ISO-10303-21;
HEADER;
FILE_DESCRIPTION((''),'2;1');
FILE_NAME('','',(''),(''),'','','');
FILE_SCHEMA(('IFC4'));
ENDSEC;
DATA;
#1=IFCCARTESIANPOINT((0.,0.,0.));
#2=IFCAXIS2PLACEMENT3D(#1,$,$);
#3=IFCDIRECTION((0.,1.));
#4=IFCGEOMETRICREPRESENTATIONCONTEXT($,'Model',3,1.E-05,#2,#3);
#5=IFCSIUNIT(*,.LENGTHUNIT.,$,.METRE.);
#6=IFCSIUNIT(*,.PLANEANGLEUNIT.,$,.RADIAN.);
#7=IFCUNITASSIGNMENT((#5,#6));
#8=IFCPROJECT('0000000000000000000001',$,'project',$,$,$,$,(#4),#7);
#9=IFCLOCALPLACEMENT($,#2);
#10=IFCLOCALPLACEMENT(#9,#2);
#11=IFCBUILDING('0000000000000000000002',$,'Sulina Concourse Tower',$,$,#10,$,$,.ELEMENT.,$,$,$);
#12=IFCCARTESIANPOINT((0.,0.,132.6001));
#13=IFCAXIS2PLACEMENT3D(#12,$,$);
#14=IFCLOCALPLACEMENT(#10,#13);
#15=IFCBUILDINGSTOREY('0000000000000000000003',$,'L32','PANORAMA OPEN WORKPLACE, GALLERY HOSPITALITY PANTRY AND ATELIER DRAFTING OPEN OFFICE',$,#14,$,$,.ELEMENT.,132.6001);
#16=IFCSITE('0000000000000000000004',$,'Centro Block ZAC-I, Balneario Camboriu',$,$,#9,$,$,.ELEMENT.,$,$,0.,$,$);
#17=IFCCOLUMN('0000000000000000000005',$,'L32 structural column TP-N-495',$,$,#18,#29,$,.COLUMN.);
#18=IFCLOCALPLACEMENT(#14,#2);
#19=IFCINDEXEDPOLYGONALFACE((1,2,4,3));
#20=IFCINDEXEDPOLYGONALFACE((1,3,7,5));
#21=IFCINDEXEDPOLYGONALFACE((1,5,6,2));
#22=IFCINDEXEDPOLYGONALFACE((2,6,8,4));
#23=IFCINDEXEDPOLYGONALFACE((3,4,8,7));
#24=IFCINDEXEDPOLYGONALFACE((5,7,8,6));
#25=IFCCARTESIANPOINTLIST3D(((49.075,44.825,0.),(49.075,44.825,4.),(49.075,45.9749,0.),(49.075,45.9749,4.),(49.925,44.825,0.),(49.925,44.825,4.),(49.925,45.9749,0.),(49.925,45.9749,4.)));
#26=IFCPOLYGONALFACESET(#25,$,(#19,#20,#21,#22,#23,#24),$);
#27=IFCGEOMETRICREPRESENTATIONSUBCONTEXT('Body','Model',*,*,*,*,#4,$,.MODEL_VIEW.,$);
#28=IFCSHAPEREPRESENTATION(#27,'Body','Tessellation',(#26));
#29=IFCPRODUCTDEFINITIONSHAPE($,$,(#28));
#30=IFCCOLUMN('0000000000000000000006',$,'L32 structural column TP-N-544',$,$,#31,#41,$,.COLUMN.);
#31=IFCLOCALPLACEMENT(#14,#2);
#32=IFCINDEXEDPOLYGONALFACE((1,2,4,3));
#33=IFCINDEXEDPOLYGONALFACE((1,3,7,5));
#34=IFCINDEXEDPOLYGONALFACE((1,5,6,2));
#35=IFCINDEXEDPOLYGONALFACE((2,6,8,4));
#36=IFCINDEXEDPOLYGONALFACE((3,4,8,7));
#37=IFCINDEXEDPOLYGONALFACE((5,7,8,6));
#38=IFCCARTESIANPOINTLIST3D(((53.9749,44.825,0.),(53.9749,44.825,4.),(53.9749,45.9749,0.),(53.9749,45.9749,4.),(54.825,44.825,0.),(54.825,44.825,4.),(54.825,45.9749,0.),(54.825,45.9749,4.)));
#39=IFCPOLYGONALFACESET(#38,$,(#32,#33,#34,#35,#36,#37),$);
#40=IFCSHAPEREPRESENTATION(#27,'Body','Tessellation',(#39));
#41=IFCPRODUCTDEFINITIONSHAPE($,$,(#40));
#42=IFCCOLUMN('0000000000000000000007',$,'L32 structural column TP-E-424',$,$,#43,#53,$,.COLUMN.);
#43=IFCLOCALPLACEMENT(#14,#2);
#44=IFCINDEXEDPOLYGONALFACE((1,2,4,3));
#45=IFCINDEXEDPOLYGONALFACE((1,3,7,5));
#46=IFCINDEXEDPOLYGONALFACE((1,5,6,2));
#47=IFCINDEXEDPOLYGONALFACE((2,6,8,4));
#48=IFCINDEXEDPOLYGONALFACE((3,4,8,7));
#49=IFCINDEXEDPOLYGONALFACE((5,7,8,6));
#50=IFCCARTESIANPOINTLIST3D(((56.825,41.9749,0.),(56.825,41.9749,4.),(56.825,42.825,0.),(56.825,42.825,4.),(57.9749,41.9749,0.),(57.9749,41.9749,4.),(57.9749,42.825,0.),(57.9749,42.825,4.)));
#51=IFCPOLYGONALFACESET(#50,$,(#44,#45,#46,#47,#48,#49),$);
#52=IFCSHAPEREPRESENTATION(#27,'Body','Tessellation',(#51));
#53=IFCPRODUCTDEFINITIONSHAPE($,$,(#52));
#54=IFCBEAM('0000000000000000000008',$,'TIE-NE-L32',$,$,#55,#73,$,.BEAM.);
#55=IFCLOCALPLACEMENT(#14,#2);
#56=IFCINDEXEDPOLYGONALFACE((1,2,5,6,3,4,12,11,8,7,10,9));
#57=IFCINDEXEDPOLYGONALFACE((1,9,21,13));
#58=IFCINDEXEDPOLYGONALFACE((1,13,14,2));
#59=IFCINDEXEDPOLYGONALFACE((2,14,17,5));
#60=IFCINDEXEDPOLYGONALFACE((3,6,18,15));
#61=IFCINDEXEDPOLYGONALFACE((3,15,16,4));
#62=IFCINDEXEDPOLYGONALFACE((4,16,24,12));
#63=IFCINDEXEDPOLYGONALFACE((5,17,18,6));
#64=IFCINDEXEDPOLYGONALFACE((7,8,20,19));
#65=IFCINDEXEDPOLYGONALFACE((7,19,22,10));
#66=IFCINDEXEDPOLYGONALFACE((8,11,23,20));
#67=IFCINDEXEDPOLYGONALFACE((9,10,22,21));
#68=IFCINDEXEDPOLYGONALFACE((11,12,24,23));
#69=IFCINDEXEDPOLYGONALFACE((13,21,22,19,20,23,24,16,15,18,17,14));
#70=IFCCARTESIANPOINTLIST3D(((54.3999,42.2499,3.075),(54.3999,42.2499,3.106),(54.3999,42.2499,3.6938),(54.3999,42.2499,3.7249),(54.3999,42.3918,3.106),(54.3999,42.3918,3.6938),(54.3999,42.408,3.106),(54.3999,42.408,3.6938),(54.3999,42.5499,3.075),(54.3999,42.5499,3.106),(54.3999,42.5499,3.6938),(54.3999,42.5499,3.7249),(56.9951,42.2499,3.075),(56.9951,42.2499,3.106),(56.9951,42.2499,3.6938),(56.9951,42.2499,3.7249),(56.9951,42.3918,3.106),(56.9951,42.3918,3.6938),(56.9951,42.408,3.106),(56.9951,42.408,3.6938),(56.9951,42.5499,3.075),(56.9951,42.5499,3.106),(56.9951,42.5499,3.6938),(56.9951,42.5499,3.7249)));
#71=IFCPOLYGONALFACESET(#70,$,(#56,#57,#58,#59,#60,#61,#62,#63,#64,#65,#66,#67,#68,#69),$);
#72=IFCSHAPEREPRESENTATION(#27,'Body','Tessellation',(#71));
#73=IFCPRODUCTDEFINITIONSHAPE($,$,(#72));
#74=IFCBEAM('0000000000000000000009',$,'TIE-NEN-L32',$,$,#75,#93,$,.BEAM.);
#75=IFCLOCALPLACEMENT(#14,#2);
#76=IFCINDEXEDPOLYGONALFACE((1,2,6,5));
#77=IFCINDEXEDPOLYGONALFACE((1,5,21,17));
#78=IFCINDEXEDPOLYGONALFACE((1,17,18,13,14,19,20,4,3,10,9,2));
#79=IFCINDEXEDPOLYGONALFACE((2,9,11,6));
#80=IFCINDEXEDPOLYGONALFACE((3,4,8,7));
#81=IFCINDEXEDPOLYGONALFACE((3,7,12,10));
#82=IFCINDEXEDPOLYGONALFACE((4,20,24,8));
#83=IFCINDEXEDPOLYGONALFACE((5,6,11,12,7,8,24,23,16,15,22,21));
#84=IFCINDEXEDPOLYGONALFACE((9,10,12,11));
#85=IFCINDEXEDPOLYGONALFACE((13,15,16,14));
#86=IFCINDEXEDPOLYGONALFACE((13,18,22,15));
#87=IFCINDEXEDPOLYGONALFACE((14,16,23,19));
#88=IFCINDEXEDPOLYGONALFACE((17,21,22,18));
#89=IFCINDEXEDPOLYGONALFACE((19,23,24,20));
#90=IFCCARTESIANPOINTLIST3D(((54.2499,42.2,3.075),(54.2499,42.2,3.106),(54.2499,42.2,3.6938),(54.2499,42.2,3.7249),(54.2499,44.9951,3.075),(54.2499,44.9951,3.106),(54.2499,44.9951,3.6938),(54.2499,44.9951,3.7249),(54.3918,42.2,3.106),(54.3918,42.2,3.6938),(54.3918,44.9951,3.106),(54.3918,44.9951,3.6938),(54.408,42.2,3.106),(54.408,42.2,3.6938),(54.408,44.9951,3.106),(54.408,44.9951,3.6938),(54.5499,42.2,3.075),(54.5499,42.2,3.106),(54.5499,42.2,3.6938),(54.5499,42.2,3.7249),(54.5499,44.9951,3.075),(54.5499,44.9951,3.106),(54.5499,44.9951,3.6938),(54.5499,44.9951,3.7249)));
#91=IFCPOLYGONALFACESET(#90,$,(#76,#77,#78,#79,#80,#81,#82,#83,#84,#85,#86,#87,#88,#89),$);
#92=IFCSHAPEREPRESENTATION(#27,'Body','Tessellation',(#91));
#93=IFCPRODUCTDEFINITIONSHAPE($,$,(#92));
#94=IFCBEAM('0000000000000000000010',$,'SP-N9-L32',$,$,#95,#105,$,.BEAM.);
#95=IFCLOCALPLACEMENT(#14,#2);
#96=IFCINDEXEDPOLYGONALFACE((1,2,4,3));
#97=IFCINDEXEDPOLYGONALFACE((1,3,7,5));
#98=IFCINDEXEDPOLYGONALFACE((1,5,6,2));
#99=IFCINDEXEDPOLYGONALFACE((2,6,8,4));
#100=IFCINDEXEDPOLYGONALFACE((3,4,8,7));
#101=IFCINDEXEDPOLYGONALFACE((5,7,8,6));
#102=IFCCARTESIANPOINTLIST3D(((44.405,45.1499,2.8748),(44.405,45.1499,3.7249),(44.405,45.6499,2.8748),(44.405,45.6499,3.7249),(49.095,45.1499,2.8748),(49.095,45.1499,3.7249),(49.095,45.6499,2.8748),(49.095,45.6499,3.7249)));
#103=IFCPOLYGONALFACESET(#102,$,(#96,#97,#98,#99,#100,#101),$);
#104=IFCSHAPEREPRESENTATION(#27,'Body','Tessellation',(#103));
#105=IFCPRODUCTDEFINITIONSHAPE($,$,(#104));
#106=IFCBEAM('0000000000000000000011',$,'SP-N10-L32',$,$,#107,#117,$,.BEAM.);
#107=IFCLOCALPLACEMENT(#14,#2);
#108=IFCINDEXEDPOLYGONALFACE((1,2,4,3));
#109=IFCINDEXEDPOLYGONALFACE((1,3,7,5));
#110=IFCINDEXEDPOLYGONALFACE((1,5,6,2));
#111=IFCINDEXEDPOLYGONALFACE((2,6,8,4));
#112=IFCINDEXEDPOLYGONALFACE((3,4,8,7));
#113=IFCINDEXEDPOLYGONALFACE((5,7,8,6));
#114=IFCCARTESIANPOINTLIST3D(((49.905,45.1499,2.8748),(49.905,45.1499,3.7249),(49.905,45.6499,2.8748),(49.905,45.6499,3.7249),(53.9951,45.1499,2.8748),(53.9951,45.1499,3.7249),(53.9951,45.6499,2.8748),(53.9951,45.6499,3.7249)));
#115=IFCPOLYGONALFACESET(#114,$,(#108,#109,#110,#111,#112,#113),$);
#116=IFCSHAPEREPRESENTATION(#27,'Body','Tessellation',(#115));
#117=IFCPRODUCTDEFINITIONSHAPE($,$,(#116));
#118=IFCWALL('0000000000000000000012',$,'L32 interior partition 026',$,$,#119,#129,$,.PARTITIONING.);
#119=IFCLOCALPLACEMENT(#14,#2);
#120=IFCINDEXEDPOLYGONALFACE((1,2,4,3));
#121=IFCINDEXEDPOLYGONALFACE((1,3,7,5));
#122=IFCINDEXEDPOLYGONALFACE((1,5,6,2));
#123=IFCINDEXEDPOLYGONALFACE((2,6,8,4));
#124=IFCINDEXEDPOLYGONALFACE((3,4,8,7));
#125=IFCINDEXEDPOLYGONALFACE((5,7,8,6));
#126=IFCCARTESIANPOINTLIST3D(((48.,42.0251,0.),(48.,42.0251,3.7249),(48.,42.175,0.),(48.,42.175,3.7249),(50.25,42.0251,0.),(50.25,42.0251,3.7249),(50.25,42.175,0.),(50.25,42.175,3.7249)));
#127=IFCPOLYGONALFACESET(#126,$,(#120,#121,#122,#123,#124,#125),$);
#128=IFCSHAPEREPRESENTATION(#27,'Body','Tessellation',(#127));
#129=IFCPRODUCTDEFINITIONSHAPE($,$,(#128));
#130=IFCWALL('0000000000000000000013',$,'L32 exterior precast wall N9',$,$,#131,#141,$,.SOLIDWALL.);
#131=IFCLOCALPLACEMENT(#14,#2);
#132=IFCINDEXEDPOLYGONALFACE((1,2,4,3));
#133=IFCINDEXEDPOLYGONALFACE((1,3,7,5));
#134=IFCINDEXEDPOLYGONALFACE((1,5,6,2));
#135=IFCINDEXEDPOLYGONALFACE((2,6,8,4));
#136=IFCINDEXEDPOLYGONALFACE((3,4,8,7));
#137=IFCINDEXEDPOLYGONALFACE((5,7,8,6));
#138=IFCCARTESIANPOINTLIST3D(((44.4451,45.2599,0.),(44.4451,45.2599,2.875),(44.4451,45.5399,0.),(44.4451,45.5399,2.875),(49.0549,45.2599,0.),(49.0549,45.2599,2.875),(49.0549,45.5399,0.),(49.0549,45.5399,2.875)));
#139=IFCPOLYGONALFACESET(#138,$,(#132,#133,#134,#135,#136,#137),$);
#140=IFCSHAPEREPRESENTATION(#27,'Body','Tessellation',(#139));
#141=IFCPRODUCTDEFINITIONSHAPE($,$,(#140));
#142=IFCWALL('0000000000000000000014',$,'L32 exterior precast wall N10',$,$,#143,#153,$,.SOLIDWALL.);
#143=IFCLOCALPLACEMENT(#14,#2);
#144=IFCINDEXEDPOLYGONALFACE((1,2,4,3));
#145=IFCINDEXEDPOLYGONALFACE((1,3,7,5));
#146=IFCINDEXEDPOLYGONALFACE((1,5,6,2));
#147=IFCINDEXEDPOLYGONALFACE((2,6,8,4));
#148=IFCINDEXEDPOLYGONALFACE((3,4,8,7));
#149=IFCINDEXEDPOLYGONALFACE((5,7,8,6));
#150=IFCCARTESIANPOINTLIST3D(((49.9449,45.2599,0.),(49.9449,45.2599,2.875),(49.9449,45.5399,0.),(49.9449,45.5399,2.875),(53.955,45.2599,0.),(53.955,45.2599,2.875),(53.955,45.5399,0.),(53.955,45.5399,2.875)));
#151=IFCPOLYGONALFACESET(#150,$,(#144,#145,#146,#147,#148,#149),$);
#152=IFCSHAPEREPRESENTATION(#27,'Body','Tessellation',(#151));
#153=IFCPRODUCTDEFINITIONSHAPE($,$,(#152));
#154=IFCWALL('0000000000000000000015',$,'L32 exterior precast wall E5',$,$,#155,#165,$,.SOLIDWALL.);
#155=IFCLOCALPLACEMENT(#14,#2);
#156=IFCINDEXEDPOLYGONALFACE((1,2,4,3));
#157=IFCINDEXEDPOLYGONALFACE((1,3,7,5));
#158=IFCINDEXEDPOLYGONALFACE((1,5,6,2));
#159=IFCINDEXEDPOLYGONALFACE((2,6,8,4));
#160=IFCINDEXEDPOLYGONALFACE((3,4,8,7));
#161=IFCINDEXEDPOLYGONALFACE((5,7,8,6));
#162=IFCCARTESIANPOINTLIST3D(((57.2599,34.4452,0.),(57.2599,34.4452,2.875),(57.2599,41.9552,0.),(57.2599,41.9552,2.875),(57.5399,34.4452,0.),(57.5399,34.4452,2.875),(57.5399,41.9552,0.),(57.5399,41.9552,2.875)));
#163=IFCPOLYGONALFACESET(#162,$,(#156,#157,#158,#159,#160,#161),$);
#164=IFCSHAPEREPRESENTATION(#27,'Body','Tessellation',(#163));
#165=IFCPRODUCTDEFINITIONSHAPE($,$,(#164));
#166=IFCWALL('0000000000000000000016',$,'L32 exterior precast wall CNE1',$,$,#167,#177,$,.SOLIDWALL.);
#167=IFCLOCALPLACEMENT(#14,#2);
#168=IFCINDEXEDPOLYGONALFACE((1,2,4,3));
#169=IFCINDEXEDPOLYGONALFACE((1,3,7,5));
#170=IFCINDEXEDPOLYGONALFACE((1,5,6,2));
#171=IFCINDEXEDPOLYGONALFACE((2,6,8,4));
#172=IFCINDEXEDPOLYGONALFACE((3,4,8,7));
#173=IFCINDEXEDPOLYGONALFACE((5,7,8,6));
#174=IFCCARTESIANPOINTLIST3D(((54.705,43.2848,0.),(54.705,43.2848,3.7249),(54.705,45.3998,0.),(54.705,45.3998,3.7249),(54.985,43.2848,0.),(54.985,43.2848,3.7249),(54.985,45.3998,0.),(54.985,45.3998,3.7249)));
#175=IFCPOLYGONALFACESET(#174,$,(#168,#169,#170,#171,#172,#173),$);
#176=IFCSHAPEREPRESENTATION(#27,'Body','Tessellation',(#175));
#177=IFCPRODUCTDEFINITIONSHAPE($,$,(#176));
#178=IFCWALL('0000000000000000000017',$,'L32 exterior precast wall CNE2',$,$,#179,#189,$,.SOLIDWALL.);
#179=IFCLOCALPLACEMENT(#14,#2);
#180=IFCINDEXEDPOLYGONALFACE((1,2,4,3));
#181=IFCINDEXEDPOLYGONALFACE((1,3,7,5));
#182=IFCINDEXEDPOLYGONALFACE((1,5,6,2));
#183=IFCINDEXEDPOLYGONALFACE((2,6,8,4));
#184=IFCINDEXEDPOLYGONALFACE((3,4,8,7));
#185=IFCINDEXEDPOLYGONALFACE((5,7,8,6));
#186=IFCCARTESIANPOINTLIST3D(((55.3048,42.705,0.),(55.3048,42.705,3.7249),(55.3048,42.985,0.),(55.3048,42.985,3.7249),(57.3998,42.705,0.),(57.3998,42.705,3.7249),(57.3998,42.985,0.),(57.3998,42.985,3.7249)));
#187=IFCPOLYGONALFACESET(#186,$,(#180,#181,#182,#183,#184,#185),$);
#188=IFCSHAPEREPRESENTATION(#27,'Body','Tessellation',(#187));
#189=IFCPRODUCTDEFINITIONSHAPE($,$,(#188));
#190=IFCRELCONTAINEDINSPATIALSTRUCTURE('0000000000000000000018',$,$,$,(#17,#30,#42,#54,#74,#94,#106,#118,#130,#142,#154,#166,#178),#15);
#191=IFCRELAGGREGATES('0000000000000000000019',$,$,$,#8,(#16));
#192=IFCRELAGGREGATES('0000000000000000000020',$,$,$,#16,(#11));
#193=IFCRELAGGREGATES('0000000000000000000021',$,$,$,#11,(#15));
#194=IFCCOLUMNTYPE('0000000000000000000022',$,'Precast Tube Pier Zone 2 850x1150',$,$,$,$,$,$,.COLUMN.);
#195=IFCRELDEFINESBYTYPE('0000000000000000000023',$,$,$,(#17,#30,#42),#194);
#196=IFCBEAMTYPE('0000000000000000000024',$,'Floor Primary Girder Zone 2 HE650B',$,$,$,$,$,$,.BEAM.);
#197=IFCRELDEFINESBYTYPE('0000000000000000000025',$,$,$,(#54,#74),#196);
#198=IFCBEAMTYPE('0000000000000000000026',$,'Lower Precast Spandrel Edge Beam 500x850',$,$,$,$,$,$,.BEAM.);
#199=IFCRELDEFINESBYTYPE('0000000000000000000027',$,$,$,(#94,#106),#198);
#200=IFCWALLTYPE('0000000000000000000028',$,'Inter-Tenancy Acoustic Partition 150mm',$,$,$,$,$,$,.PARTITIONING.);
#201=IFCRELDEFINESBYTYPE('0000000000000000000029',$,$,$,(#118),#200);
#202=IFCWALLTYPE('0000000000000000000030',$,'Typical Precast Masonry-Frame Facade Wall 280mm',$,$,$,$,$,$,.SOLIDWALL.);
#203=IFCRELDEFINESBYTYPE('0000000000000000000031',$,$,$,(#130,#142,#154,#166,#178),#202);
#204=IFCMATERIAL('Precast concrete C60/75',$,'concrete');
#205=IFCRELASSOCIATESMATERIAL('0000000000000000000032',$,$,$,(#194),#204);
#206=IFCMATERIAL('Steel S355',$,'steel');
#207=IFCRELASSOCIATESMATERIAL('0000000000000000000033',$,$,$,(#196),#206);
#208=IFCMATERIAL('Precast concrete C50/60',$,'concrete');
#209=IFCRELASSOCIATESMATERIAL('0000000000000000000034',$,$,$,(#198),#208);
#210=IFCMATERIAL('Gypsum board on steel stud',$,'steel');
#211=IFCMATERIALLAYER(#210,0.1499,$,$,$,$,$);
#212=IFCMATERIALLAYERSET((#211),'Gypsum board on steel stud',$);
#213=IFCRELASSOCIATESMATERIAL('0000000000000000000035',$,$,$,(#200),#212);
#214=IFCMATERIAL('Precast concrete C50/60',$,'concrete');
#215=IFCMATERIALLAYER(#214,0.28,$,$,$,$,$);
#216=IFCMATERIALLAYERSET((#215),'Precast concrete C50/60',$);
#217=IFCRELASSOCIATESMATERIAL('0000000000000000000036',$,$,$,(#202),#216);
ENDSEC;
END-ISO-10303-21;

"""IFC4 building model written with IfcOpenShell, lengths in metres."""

from ifc_helpers import new_model, si_unit, direction, frame, frame_2d, origin, origin_2d, place, context, subcontext, project, spatial, rectangle, i_section, extrude, material, layer, layer_set, material_profile, profile_set, type_object, element, save


model = new_model("IFC4")

# Units and contexts
model_context = context("Model", 3, precision=1e-05, world=origin(), true_north=direction((0.0, 1.0)))
body_context = subcontext(model_context, "Body", "Model", "MODEL_VIEW")
ifc_project = project(units=[si_unit("LENGTHUNIT", "METRE"), si_unit("PLANEANGLEUNIT", "RADIAN")], contexts=[model_context])

# Site, building, storey
site_placement = place(None, origin())
site = spatial("IfcSite", under=ifc_project, at=site_placement, Name="Centro Block ZAC-I, Balneario Camboriu", CompositionType="ELEMENT", RefElevation=0.0)
building_placement = place(site_placement, origin())
building = spatial("IfcBuilding", under=site, at=building_placement, Name="Sulina Concourse Tower", CompositionType="ELEMENT")
storey_placement = place(building_placement, frame((0.0, 0.0, 132.6001)))
storey = spatial("IfcBuildingStorey", under=building, at=storey_placement, Name="L32", Description="PANORAMA OPEN WORKPLACE, GALLERY HOSPITALITY PANTRY AND ATELIER DRAFTING OPEN OFFICE", CompositionType="ELEMENT", Elevation=132.6001)

# Columns
ifc_material_1 = material(Name="Precast concrete C60/75", Category="concrete")
ifc_material_profile_1 = material_profile(ifc_material_1, rectangle(XDim=0.8501, YDim=1.1499, at=origin_2d()), Name="PC 850x1150")
ifc_profile_set_1 = profile_set([ifc_material_profile_1], Name="Precast concrete C60/75")
column_type = type_object("IfcColumnType", Name="Precast Tube Pier Zone 2 850x1150", PredefinedType="COLUMN", material=ifc_profile_set_1)
for number, where, z_axis, x_axis, name in (
    (1, (49.5, 45.3999, 0.0), (0.0, 0.0, 1.0), (1.0, 0.0, 0.0), "L32 structural column TP-N-495"),
    (2, (54.3999, 45.3999, 0.0), (0.0, 0.0, 1.0), (1.0, 0.0, 0.0), "L32 structural column TP-N-544"),
    (3, (57.3999, 42.3999, 0.0), (0.0, 0.0, 1.0), (0.0, 1.0, 0.0), "L32 structural column TP-E-424"),
):
    element("IfcColumn", number, at=place(storey_placement, frame(where, z_axis=z_axis, x_axis=x_axis)), inside=storey, type_object=column_type, Name=name, PredefinedType="COLUMN", context=body_context, shape_type="SweptSolid", body=[
        extrude(rectangle(XDim=0.8501, YDim=1.1499, at=origin_2d()), origin(), (0.0, 0.0, 1.0), 4.0),
    ])

# Beams
ifc_material_2 = material(Name="Steel S355", Category="steel")
ifc_material_profile_2 = material_profile(ifc_material_2, i_section(OverallWidth=0.3, OverallDepth=0.6499, WebThickness=0.0161, FlangeThickness=0.031, at=origin_2d()), Name="HE 650 B")
ifc_profile_set_2 = profile_set([ifc_material_profile_2], Name="Steel S355")
beam_type_1 = type_object("IfcBeamType", Name="Floor Primary Girder Zone 2 HE650B", PredefinedType="BEAM", material=ifc_profile_set_2)
beam_1_placement = place(storey_placement, frame((54.3999, 42.3999, 3.3999), z_axis=(1.0, 0.0, 0.0), x_axis=(0.0, 1.0, 0.0)))
element("IfcBeam", 4, at=beam_1_placement, inside=storey, type_object=beam_type_1, Name="TIE-NE-L32", PredefinedType="BEAM", context=body_context, shape_type="SweptSolid", body=[
    extrude(i_section(OverallWidth=0.3, OverallDepth=0.6499, WebThickness=0.0161, FlangeThickness=0.031, at=origin_2d()), origin(), (0.0, 0.0, 1.0), 2.5952),
])
beam_2_placement = place(storey_placement, frame((54.3999, 42.2, 3.3999), z_axis=(0.0, 1.0, 0.0), x_axis=(-1.0, 0.0, 0.0)))
element("IfcBeam", 5, at=beam_2_placement, inside=storey, type_object=beam_type_1, Name="TIE-NEN-L32", PredefinedType="BEAM", context=body_context, shape_type="SweptSolid", body=[
    extrude(i_section(OverallWidth=0.3, OverallDepth=0.6499, WebThickness=0.0161, FlangeThickness=0.031, at=origin_2d()), origin(), (0.0, 0.0, 1.0), 2.7952),
])
ifc_material_3 = material(Name="Precast concrete C50/60", Category="concrete")
ifc_material_profile_3 = material_profile(ifc_material_3, rectangle(XDim=0.5, YDim=0.8501, at=origin_2d()), Name="RC 500x850")
ifc_profile_set_3 = profile_set([ifc_material_profile_3], Name="Precast concrete C50/60")
beam_type_2 = type_object("IfcBeamType", Name="Lower Precast Spandrel Edge Beam 500x850", PredefinedType="BEAM", material=ifc_profile_set_3)
beam_3_placement = place(storey_placement, frame((44.405, 45.3999, 3.2998), z_axis=(1.0, 0.0, 0.0), x_axis=(0.0, 1.0, 0.0)))
element("IfcBeam", 6, at=beam_3_placement, inside=storey, type_object=beam_type_2, Name="SP-N9-L32", PredefinedType="BEAM", context=body_context, shape_type="SweptSolid", body=[
    extrude(rectangle(XDim=0.5, YDim=0.8501, at=origin_2d()), origin(), (0.0, 0.0, 1.0), 4.6899),
])
beam_4_placement = place(storey_placement, frame((49.905, 45.3999, 3.2998), z_axis=(1.0, 0.0, 0.0), x_axis=(0.0, 1.0, 0.0)))
element("IfcBeam", 7, at=beam_4_placement, inside=storey, type_object=beam_type_2, Name="SP-N10-L32", PredefinedType="BEAM", context=body_context, shape_type="SweptSolid", body=[
    extrude(rectangle(XDim=0.5, YDim=0.8501, at=origin_2d()), origin(), (0.0, 0.0, 1.0), 4.0901),
])

# Walls
ifc_material_4 = material(Name="Gypsum board on steel stud", Category="steel")
ifc_layer_1 = layer(ifc_material_4, 0.1499)
ifc_layer_set_1 = layer_set([ifc_layer_1], Name="Gypsum board on steel stud")
wall_type_1 = type_object("IfcWallType", Name="Inter-Tenancy Acoustic Partition 150mm", PredefinedType="PARTITIONING", material=ifc_layer_set_1)
wall_1_placement = place(storey_placement, frame((48.0, 42.1001, 0.0), z_axis=(0.0, 0.0, 1.0), x_axis=(1.0, 0.0, 0.0)))
element("IfcWall", 8, at=wall_1_placement, inside=storey, type_object=wall_type_1, Name="L32 interior partition 026", PredefinedType="PARTITIONING", context=body_context, shape_type="SweptSolid", body=[
    extrude(rectangle(XDim=2.25, YDim=0.1499, at=frame_2d((1.125, 0.0))), origin(), (0.0, 0.0, 1.0), 3.7249),
])
ifc_material_5 = material(Name="Precast concrete C50/60", Category="concrete")
ifc_layer_2 = layer(ifc_material_5, 0.28)
ifc_layer_set_2 = layer_set([ifc_layer_2], Name="Precast concrete C50/60")
wall_type_2 = type_object("IfcWallType", Name="Typical Precast Masonry-Frame Facade Wall 280mm", PredefinedType="SOLIDWALL", material=ifc_layer_set_2)
wall_2_placement = place(storey_placement, frame((44.4451, 45.3999, 0.0), z_axis=(0.0, 0.0, 1.0), x_axis=(1.0, 0.0, 0.0)))
element("IfcWall", 9, at=wall_2_placement, inside=storey, type_object=wall_type_2, Name="L32 exterior precast wall N9", PredefinedType="SOLIDWALL", context=body_context, shape_type="SweptSolid", body=[
    extrude(rectangle(XDim=4.6099, YDim=0.28, at=frame_2d((2.3049, 0.0))), origin(), (0.0, 0.0, 1.0), 2.875),
])
wall_3_placement = place(storey_placement, frame((49.9451, 45.3999, 0.0), z_axis=(0.0, 0.0, 1.0), x_axis=(1.0, 0.0, 0.0)))
element("IfcWall", 10, at=wall_3_placement, inside=storey, type_object=wall_type_2, Name="L32 exterior precast wall N10", PredefinedType="SOLIDWALL", context=body_context, shape_type="SweptSolid", body=[
    extrude(rectangle(XDim=4.01, YDim=0.28, at=frame_2d((2.0049, 0.0))), origin(), (0.0, 0.0, 1.0), 2.875),
])
wall_4_placement = place(storey_placement, frame((57.3999, 41.9551, 0.0), z_axis=(0.0, 0.0, 1.0), x_axis=(0.0, -1.0, 0.0)))
element("IfcWall", 11, at=wall_4_placement, inside=storey, type_object=wall_type_2, Name="L32 exterior precast wall E5", PredefinedType="SOLIDWALL", context=body_context, shape_type="SweptSolid", body=[
    extrude(rectangle(XDim=7.51, YDim=0.28, at=frame_2d((3.7549, 0.0))), origin(), (0.0, 0.0, 1.0), 2.875),
])
wall_5_placement = place(storey_placement, frame((54.845, 45.3999, 0.0), z_axis=(0.0, 0.0, 1.0), x_axis=(0.0, -1.0, 0.0)))
element("IfcWall", 12, at=wall_5_placement, inside=storey, type_object=wall_type_2, Name="L32 exterior precast wall CNE1", PredefinedType="SOLIDWALL", context=body_context, shape_type="SweptSolid", body=[
    extrude(rectangle(XDim=2.115, YDim=0.28, at=frame_2d((1.0576, 0.0))), origin(), (0.0, 0.0, 1.0), 3.7249),
])
wall_6_placement = place(storey_placement, frame((55.3049, 42.845, 0.0), z_axis=(0.0, 0.0, 1.0), x_axis=(1.0, 0.0, 0.0)))
element("IfcWall", 13, at=wall_6_placement, inside=storey, type_object=wall_type_2, Name="L32 exterior precast wall CNE2", PredefinedType="SOLIDWALL", context=body_context, shape_type="SweptSolid", body=[
    extrude(rectangle(XDim=2.095, YDim=0.28, at=frame_2d((1.0474, 0.0))), origin(), (0.0, 0.0, 1.0), 3.7249),
])

save(model, "model.ifc")
